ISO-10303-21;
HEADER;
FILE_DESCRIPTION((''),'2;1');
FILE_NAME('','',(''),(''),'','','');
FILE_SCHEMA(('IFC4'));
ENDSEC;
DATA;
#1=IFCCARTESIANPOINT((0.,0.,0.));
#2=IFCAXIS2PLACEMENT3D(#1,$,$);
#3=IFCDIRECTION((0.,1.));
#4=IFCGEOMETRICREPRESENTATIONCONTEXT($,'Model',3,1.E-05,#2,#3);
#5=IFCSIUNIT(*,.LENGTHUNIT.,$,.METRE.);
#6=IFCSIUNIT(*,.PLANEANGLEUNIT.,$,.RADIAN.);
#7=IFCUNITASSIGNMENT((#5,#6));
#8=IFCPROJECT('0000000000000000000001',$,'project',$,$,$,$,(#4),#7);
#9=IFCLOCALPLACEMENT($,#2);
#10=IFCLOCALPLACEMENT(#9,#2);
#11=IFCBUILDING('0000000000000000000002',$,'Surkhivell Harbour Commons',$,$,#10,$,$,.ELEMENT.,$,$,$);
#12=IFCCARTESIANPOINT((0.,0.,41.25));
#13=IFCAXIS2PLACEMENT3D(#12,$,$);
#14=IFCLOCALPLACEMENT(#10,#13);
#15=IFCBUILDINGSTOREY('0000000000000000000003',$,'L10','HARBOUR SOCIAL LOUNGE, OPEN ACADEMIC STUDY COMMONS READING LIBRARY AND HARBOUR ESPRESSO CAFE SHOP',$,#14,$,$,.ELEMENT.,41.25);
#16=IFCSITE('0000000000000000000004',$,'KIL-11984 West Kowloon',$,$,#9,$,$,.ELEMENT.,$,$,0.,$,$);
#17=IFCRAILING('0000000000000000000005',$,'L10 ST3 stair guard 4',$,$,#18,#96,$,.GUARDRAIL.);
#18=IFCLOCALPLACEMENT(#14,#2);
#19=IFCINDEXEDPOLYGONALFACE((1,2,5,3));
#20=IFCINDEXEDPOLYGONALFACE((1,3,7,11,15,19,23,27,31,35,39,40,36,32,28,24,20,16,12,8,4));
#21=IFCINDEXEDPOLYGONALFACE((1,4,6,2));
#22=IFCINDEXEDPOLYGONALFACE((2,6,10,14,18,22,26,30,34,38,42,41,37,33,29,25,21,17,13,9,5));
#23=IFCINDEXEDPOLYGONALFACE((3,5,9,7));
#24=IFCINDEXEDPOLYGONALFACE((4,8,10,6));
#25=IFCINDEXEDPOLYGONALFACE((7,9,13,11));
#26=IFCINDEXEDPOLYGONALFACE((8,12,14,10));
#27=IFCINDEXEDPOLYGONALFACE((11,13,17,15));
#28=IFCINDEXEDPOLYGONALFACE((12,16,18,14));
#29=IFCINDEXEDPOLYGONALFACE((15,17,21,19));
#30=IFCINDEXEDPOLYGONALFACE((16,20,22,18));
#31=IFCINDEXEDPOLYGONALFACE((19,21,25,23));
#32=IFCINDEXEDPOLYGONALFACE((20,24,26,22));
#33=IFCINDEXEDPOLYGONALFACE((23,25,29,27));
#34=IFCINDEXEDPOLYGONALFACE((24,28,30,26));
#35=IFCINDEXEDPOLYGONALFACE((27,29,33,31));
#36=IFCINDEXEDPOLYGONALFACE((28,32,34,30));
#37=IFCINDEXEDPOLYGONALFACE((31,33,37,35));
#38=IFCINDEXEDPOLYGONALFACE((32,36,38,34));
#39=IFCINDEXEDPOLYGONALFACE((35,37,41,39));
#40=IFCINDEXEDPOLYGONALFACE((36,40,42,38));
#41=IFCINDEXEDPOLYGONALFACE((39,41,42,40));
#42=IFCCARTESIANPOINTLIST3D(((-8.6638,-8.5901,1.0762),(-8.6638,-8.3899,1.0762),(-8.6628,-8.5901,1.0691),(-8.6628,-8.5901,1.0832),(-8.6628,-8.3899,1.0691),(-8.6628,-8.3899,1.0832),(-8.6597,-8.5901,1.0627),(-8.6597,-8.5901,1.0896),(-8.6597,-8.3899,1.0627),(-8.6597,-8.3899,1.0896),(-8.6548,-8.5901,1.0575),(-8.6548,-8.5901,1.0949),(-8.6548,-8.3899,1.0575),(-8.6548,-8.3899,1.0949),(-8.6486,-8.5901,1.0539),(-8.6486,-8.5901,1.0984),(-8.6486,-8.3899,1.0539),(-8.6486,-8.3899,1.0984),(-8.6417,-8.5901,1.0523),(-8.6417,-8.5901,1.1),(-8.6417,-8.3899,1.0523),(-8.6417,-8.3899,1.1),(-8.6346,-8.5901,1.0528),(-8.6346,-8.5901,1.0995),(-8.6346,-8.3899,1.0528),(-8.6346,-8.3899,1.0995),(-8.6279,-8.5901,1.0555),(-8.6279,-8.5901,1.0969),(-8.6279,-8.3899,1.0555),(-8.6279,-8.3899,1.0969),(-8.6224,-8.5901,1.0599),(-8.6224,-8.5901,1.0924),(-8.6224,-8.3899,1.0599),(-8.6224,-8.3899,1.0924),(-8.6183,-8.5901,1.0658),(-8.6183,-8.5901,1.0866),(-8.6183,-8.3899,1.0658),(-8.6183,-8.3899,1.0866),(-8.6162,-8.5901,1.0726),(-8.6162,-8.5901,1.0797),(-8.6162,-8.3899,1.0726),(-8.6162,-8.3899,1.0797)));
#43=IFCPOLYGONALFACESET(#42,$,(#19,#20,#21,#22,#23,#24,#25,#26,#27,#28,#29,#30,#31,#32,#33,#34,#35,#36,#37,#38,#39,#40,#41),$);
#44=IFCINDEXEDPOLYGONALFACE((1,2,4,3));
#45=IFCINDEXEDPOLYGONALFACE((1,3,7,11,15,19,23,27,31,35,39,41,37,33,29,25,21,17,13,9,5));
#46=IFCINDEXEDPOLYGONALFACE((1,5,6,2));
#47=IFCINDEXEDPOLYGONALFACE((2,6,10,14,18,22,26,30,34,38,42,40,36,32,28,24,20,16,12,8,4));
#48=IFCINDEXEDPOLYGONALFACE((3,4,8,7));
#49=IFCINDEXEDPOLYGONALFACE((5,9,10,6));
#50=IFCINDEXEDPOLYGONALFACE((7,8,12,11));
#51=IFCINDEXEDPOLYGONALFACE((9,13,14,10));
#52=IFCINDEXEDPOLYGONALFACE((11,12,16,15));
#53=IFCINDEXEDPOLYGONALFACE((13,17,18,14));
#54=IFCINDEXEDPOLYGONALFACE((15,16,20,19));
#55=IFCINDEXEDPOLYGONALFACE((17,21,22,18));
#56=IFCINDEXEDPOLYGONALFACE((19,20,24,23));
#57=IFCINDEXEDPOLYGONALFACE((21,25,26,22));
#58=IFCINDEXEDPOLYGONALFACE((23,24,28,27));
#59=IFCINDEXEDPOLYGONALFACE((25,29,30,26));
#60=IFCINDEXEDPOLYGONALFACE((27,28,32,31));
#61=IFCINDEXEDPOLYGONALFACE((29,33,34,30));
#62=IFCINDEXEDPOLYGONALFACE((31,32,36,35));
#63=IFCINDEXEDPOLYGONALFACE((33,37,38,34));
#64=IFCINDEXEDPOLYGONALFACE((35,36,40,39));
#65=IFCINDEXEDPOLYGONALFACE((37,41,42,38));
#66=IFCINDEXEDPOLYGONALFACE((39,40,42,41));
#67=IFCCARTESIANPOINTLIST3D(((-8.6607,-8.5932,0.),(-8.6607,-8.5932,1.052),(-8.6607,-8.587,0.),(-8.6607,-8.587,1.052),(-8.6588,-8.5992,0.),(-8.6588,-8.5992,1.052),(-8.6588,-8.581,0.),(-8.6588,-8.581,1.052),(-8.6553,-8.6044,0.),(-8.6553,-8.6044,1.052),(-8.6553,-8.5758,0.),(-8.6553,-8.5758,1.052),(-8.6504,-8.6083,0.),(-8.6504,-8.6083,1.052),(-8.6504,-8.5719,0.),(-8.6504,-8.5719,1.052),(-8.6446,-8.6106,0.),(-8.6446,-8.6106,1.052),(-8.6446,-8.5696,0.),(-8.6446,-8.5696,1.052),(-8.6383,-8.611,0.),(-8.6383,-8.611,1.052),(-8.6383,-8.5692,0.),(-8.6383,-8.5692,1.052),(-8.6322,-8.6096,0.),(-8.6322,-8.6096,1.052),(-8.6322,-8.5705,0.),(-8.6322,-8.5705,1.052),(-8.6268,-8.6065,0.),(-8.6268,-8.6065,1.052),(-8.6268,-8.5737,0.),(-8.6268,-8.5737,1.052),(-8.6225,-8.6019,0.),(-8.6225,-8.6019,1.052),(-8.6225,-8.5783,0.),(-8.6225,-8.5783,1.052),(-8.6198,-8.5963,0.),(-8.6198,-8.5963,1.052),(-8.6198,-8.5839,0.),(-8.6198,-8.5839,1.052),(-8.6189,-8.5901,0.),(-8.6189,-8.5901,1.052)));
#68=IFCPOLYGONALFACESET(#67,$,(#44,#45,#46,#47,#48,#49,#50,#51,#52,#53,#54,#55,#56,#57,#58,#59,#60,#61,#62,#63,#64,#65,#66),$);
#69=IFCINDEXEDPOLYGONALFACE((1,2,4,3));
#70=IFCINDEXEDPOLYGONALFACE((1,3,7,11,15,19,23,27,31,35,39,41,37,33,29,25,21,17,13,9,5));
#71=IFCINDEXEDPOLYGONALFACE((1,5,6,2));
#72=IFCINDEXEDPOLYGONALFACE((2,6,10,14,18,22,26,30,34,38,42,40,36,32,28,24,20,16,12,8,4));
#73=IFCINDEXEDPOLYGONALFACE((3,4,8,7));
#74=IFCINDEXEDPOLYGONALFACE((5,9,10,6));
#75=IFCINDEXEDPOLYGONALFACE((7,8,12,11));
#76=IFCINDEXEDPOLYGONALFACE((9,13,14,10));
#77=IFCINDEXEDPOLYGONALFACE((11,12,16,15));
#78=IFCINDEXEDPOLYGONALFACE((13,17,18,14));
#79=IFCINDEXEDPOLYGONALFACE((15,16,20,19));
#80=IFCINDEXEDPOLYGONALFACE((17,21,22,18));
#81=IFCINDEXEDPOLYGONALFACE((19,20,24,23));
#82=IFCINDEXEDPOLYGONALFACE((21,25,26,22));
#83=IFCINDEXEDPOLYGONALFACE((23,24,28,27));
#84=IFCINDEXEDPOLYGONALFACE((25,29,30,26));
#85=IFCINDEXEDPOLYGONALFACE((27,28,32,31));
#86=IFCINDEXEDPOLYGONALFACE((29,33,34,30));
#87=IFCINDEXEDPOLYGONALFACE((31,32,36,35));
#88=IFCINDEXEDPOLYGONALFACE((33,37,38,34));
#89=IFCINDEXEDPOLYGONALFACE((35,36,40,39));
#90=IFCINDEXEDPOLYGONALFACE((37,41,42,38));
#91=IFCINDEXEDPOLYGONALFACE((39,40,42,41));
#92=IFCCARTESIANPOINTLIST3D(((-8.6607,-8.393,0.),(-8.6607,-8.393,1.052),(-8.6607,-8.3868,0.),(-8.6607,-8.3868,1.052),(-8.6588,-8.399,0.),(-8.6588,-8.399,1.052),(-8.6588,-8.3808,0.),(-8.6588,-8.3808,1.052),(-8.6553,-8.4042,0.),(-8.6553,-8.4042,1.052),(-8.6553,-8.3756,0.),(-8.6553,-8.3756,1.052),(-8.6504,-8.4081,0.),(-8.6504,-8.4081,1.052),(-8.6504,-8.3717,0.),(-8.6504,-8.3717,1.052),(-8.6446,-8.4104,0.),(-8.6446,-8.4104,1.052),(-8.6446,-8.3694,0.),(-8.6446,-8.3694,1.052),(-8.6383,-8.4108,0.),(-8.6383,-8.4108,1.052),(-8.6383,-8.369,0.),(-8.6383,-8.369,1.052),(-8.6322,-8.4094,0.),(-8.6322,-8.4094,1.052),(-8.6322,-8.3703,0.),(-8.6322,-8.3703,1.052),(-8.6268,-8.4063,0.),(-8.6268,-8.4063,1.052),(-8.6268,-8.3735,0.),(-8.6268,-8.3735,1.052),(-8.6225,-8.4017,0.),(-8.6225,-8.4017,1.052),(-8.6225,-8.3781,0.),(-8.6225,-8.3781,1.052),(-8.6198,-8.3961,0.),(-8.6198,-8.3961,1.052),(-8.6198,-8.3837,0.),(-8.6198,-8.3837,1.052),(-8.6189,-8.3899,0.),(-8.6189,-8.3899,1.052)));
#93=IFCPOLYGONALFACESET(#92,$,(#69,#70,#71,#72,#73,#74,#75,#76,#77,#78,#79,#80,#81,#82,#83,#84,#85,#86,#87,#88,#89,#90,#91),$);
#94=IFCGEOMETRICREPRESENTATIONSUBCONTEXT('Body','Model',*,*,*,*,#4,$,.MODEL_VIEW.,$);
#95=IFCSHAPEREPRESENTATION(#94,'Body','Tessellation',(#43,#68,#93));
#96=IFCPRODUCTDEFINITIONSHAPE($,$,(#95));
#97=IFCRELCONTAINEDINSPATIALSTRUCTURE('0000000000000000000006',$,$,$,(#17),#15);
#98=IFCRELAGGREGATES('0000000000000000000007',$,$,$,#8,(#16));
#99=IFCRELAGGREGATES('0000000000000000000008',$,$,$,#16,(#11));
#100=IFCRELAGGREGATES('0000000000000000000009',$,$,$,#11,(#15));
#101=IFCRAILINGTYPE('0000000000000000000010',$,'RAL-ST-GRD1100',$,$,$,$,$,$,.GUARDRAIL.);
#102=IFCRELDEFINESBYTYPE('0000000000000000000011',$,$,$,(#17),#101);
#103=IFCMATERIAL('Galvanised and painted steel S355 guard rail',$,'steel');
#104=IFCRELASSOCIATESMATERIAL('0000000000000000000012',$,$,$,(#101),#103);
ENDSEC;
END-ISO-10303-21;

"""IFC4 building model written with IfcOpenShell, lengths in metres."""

from ifc_helpers import new_model, si_unit, direction, frame, origin, origin_2d, place, context, subcontext, project, spatial, circle, extrude, material, type_object, element, save


model = new_model("IFC4")

# Units and contexts
model_context = context("Model", 3, precision=1e-05, world=origin(), true_north=direction((0.0, 1.0)))
body_context = subcontext(model_context, "Body", "Model", "MODEL_VIEW")
ifc_project = project(units=[si_unit("LENGTHUNIT", "METRE"), si_unit("PLANEANGLEUNIT", "RADIAN")], contexts=[model_context])

# Site, building, storey
site_placement = place(None, origin())
site = spatial("IfcSite", under=ifc_project, at=site_placement, Name="KIL-11984 West Kowloon", CompositionType="ELEMENT", RefElevation=0.0)
building_placement = place(site_placement, origin())
building = spatial("IfcBuilding", under=site, at=building_placement, Name="Surkhivell Harbour Commons", CompositionType="ELEMENT")
storey_placement = place(building_placement, frame((0.0, 0.0, 41.25)))
storey = spatial("IfcBuildingStorey", under=building, at=storey_placement, Name="L10", Description="HARBOUR SOCIAL LOUNGE, OPEN ACADEMIC STUDY COMMONS READING LIBRARY AND HARBOUR ESPRESSO CAFE SHOP", CompositionType="ELEMENT", Elevation=41.25)

# Railing
ifc_material_1 = material(Name="Galvanised and painted steel S355 guard rail", Category="steel")
railing_type_1 = type_object("IfcRailingType", Name="RAL-ST-GRD1100", PredefinedType="GUARDRAIL", material=ifc_material_1)
railing_1_placement = place(storey_placement, frame((-8.6399, -8.5901, 0.0)))
element("IfcRailing", 1, at=railing_1_placement, inside=storey, type_object=railing_type_1, Name="L10 ST3 stair guard 4", PredefinedType="GUARDRAIL", context=body_context, shape_type="SweptSolid", body=[
    extrude(circle(Radius=0.0239, at=origin_2d()), frame((0.0, 0.0, 1.0762), z_axis=(0.0, 1.0, 0.0), x_axis=(-1.0, 0.0, 0.0)), (0.0, 0.0, 1.0), 0.2002),
    extrude(circle(Radius=0.021, at=origin_2d()), origin(), (0.0, 0.0, 1.0), 1.052),
    extrude(circle(Radius=0.021, at=origin_2d()), frame((0.0, 0.2002, 0.0)), (0.0, 0.0, 1.0), 1.052),
])

save(model, "model.ifc")
